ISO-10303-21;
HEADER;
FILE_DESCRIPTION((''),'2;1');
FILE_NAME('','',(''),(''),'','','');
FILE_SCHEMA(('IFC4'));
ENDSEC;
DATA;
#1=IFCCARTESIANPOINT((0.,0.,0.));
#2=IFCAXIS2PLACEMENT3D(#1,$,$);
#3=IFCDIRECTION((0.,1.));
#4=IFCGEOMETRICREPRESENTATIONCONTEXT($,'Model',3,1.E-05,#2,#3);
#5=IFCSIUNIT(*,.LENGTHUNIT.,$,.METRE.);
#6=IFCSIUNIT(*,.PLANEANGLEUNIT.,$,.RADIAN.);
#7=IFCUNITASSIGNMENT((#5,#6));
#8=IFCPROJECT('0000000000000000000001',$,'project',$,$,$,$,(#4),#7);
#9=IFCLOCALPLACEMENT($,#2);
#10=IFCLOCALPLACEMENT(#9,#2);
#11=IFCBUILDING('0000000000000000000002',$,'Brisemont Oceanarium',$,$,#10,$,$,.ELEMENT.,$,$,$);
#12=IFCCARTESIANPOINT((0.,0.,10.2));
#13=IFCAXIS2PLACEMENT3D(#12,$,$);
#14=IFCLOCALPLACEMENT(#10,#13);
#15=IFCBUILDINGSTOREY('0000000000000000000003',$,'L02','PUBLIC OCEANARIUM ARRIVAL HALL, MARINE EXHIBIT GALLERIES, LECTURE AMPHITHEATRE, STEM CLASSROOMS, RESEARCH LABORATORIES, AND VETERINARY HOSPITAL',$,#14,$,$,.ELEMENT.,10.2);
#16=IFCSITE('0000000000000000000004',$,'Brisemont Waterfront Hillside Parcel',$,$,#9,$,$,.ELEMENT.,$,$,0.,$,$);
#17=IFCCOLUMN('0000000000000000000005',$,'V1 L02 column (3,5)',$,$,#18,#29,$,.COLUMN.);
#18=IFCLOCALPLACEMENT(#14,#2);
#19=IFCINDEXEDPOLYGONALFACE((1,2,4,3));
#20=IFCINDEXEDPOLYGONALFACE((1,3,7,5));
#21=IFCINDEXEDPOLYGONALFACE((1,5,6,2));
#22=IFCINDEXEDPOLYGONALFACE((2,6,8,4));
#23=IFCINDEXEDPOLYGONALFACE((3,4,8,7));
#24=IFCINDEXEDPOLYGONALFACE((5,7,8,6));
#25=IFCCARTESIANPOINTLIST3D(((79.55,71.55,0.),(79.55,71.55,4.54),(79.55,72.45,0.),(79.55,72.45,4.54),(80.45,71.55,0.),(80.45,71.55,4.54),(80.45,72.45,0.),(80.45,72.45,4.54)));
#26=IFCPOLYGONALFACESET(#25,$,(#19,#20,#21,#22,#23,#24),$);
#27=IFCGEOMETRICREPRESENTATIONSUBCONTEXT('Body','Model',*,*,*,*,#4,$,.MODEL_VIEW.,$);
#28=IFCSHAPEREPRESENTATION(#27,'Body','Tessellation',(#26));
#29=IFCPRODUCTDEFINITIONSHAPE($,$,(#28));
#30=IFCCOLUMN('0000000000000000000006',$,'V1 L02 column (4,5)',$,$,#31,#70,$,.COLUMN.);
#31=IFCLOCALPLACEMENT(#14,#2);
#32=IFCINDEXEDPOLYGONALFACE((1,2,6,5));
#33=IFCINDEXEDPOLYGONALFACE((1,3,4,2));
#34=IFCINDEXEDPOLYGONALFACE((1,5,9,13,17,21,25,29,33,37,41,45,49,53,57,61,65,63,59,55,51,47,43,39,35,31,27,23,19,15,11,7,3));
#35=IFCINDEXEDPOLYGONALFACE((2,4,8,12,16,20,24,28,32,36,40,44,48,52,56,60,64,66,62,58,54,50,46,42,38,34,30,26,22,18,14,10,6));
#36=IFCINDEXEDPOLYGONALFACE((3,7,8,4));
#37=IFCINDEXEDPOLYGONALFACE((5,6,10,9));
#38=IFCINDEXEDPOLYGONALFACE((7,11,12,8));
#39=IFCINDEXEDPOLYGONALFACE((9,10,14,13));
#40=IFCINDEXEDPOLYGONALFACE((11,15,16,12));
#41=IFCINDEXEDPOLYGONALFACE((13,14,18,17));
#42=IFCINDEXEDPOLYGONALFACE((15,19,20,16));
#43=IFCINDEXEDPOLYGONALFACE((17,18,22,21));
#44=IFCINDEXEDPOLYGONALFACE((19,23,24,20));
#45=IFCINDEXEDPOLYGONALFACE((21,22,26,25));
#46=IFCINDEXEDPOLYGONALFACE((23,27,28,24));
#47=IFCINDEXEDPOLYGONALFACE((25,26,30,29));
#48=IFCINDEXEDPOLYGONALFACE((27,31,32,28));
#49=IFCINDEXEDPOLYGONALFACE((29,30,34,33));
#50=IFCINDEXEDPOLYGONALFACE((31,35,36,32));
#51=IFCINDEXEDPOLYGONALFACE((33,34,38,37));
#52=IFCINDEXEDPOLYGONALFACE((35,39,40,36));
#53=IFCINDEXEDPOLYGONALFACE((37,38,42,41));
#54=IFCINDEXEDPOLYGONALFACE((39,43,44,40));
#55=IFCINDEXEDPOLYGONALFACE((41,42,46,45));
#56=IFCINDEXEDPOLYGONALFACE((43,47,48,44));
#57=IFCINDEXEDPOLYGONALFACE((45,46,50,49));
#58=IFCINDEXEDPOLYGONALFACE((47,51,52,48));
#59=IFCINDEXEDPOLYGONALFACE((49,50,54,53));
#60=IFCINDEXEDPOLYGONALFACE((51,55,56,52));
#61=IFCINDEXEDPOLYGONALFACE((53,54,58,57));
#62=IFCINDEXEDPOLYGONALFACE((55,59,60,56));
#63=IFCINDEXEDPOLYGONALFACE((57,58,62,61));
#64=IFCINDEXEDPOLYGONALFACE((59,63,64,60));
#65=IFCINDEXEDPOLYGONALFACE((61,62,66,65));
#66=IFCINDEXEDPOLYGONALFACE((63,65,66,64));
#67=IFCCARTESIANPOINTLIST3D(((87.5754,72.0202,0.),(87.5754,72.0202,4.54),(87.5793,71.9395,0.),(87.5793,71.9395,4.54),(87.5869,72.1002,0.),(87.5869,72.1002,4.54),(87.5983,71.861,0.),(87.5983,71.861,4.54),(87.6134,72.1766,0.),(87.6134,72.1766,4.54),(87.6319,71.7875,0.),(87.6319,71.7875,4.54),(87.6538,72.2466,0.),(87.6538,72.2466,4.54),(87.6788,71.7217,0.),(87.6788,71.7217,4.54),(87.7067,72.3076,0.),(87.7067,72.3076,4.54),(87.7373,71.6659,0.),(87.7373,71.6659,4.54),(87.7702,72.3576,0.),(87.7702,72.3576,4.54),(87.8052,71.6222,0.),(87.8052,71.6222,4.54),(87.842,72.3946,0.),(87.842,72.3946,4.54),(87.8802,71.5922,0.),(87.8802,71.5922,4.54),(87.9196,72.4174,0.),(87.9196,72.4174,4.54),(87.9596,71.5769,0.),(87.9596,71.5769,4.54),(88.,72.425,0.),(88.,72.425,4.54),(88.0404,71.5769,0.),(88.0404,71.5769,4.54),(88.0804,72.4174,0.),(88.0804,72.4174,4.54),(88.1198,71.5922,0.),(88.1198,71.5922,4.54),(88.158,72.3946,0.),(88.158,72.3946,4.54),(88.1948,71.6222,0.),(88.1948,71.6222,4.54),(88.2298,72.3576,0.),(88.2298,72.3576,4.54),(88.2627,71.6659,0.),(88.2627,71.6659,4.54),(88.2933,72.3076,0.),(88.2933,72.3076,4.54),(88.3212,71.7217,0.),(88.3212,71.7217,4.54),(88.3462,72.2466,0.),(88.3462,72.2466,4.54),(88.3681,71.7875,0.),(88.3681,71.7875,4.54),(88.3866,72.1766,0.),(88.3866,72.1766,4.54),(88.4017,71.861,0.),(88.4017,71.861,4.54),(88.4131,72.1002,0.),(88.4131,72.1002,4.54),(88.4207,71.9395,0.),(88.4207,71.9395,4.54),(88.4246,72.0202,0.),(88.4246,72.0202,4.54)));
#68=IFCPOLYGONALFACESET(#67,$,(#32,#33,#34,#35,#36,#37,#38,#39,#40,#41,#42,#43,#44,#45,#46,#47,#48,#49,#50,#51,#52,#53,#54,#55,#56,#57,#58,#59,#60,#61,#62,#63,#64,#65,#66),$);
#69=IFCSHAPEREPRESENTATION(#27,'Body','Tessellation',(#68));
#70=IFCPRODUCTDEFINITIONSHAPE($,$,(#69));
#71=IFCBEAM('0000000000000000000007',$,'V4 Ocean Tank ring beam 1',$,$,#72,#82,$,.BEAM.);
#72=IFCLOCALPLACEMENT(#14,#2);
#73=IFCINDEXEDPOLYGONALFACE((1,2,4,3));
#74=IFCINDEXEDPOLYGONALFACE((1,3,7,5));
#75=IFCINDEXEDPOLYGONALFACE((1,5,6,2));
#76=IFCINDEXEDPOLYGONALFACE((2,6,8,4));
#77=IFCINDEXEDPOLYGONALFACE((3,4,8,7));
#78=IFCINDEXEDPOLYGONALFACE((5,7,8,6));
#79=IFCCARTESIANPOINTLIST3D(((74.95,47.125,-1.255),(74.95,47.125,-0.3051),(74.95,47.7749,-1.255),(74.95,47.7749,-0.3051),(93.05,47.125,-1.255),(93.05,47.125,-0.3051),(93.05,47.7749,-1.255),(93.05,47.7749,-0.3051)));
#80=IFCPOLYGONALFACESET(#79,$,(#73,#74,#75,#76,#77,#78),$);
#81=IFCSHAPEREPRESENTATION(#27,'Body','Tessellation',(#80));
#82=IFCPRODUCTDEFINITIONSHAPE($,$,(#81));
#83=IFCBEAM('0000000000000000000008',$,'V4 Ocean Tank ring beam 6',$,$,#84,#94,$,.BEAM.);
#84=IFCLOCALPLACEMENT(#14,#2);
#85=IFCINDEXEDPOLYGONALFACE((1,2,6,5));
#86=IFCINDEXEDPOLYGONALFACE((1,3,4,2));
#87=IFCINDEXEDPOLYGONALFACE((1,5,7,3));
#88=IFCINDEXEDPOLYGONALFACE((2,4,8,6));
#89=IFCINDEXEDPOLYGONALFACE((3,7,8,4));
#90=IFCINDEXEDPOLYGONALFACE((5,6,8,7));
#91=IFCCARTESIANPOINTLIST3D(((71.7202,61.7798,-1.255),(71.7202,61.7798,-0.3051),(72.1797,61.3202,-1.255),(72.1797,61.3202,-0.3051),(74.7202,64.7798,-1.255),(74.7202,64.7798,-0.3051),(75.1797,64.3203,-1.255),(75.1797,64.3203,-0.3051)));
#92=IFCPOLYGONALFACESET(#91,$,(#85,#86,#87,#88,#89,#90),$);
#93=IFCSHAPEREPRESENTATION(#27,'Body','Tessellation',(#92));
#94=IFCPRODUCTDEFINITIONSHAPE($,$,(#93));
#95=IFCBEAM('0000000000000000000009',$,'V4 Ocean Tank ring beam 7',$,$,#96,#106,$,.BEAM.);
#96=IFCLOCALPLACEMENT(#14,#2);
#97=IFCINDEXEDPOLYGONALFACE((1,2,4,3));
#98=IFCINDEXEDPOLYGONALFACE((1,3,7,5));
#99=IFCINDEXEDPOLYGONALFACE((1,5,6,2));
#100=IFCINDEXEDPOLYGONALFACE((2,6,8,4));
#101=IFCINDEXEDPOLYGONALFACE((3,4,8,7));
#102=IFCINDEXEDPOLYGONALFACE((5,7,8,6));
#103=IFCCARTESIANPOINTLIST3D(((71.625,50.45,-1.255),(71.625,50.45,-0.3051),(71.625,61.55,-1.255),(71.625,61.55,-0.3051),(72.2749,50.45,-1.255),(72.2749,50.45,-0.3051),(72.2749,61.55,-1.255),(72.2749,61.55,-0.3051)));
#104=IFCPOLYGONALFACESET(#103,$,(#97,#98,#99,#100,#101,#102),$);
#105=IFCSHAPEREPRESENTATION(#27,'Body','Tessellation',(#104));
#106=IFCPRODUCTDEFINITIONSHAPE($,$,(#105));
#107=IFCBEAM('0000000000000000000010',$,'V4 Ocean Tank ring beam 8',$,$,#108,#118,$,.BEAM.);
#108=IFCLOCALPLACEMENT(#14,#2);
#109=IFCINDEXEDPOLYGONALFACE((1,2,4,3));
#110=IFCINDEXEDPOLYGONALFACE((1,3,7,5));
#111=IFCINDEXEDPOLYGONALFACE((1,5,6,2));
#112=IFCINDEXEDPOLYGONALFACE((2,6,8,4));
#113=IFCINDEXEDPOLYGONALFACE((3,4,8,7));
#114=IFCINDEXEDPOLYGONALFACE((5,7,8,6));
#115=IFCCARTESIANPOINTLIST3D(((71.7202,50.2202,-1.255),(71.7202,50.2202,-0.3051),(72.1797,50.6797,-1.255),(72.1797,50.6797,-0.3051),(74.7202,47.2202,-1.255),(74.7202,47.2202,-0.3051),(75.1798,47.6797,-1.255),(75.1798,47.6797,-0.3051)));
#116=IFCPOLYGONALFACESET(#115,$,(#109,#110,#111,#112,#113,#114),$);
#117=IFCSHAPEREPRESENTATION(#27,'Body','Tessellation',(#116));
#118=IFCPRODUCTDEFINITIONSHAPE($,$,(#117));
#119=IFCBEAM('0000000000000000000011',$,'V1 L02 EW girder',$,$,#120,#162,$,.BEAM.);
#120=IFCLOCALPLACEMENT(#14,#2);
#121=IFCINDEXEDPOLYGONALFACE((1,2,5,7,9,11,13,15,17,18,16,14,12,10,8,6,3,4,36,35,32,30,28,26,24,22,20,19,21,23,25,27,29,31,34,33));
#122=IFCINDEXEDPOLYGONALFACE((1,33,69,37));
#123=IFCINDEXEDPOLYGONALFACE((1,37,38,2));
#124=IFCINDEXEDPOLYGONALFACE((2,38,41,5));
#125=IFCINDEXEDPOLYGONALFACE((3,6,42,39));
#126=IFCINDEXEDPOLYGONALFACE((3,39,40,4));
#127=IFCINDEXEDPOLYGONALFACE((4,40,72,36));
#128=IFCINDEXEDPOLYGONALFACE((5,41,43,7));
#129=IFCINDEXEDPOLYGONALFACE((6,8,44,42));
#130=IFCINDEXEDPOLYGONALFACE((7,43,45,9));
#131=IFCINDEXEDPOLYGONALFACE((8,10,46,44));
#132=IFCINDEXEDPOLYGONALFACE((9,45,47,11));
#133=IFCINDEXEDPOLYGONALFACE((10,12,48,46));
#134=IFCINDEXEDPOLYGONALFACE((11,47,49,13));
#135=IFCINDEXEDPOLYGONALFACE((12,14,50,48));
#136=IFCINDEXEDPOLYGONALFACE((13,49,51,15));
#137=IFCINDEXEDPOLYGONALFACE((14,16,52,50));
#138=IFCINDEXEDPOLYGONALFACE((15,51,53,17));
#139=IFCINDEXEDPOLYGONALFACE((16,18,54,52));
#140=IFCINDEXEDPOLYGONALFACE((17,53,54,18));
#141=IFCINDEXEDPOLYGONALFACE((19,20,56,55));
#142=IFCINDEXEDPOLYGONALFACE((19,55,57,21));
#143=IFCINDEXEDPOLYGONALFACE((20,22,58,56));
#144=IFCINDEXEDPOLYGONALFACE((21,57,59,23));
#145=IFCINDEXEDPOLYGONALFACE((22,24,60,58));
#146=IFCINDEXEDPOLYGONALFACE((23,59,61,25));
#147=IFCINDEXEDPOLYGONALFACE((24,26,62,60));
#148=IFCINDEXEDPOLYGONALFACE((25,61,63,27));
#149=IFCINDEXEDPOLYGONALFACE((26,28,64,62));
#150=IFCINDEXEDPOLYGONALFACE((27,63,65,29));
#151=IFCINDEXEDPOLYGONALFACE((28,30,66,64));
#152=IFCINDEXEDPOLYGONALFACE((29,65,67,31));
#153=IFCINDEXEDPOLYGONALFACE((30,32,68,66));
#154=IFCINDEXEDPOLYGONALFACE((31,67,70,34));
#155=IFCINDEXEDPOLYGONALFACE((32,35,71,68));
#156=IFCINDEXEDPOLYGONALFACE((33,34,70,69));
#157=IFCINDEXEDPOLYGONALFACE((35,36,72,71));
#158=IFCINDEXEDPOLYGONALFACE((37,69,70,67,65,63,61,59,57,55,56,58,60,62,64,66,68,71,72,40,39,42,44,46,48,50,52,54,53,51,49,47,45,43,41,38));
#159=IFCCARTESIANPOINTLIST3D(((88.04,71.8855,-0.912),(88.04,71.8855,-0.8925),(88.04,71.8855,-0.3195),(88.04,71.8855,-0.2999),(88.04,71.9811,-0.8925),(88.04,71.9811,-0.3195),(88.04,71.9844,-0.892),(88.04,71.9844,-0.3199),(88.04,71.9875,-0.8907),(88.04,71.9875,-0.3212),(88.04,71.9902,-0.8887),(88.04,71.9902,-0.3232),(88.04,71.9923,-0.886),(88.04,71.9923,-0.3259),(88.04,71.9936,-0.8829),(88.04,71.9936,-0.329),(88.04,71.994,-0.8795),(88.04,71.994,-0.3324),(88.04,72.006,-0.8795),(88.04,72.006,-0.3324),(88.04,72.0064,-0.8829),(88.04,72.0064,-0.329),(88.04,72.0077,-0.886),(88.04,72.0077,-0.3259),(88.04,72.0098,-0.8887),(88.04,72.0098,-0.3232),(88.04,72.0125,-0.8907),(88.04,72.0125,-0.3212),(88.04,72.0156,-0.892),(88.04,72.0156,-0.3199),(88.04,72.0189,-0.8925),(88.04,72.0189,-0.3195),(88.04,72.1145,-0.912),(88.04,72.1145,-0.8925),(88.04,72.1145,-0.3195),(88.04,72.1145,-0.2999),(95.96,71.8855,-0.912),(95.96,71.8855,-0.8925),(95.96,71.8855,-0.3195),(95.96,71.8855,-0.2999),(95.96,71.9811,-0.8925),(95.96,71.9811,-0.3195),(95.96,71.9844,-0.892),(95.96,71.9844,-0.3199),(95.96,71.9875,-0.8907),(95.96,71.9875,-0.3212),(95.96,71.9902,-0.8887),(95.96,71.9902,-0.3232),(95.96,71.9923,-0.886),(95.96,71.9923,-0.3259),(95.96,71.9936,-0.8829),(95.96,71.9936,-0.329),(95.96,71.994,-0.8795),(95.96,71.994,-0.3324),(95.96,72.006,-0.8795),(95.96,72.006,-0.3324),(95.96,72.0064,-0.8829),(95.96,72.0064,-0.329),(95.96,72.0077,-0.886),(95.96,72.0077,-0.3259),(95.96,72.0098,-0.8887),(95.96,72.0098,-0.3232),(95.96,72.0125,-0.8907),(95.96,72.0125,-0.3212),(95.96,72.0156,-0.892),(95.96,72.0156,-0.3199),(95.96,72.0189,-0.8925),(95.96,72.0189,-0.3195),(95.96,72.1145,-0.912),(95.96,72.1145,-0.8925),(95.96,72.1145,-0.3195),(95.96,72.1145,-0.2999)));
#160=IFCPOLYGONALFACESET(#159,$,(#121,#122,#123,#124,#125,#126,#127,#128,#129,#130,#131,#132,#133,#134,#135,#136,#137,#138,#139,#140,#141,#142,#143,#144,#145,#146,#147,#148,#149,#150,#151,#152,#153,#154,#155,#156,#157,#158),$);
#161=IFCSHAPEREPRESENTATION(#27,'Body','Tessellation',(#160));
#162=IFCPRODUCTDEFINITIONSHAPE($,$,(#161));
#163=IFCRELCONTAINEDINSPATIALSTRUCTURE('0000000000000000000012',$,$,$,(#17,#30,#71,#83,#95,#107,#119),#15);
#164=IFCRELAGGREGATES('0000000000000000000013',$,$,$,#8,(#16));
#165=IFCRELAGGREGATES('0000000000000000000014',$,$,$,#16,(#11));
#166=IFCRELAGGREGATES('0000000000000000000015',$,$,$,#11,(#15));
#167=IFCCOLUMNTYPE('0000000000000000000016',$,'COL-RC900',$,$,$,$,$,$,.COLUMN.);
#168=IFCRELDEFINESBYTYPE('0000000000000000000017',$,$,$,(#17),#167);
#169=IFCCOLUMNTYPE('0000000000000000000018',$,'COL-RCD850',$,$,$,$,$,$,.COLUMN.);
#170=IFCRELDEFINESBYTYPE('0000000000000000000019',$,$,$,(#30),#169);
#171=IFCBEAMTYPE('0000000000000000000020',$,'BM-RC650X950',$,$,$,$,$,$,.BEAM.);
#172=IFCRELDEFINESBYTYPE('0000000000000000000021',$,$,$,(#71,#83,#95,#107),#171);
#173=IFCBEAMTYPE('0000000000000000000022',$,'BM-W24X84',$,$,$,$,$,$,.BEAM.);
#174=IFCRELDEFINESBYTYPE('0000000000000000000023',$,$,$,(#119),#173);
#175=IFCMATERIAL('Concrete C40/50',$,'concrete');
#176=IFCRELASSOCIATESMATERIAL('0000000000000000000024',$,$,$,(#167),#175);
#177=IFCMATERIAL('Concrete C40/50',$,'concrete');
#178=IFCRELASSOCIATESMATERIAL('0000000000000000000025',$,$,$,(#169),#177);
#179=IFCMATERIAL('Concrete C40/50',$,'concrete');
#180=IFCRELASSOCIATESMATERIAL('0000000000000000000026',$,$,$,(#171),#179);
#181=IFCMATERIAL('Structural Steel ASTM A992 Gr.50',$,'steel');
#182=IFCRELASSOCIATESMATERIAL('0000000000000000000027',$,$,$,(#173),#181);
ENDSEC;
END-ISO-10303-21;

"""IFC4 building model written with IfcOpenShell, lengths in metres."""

from ifc_helpers import new_model, si_unit, direction, frame, origin, origin_2d, place, context, subcontext, project, spatial, rectangle, circle, i_section, extrude, material, material_profile, profile_set, type_object, element, save


model = new_model("IFC4")

# Units and contexts
model_context = context("Model", 3, precision=1e-05, world=origin(), true_north=direction((0.0, 1.0)))
body_context = subcontext(model_context, "Body", "Model", "MODEL_VIEW")
ifc_project = project(units=[si_unit("LENGTHUNIT", "METRE"), si_unit("PLANEANGLEUNIT", "RADIAN")], contexts=[model_context])

# Site, building, storey
site_placement = place(None, origin())
site = spatial("IfcSite", under=ifc_project, at=site_placement, Name="Brisemont Waterfront Hillside Parcel", CompositionType="ELEMENT", RefElevation=0.0)
building_placement = place(site_placement, origin())
building = spatial("IfcBuilding", under=site, at=building_placement, Name="Brisemont Oceanarium", CompositionType="ELEMENT")
storey_placement = place(building_placement, frame((0.0, 0.0, 10.2)))
storey = spatial("IfcBuildingStorey", under=building, at=storey_placement, Name="L02", Description="PUBLIC OCEANARIUM ARRIVAL HALL, MARINE EXHIBIT GALLERIES, LECTURE AMPHITHEATRE, STEM CLASSROOMS, RESEARCH LABORATORIES, AND VETERINARY HOSPITAL", CompositionType="ELEMENT", Elevation=10.2)

# Columns
ifc_material_1 = material(Name="Concrete C40/50", Category="concrete")
ifc_material_profile_1 = material_profile(ifc_material_1, rectangle(XDim=0.8999, YDim=0.8999, at=origin_2d()), Name="RC-COL-900X900")
ifc_profile_set_1 = profile_set([ifc_material_profile_1], Name="Concrete C40/50")
column_type_1 = type_object("IfcColumnType", Name="COL-RC900", PredefinedType="COLUMN", material=ifc_profile_set_1)
column_1_placement = place(storey_placement, frame((80.0, 72.0, 0.0), z_axis=(0.0, 0.0, 1.0), x_axis=(1.0, 0.0, 0.0)))
element("IfcColumn", 1, at=column_1_placement, inside=storey, type_object=column_type_1, Name="V1 L02 column (3,5)", PredefinedType="COLUMN", context=body_context, shape_type="SweptSolid", body=[
    extrude(rectangle(XDim=0.8999, YDim=0.8999, at=origin_2d()), origin(), (0.0, 0.0, 1.0), 4.54),
])
ifc_material_2 = material(Name="Concrete C40/50", Category="concrete")
ifc_material_profile_2 = material_profile(ifc_material_2, circle(Radius=0.425, at=origin_2d()), Name="RC-COL-D850")
ifc_profile_set_2 = profile_set([ifc_material_profile_2], Name="Concrete C40/50")
column_type_2 = type_object("IfcColumnType", Name="COL-RCD850", PredefinedType="COLUMN", material=ifc_profile_set_2)
column_2_placement = place(storey_placement, frame((88.0, 72.0, 0.0), z_axis=(0.0, 0.0, 1.0), x_axis=(0.0, 1.0, 0.0)))
element("IfcColumn", 2, at=column_2_placement, inside=storey, type_object=column_type_2, Name="V1 L02 column (4,5)", PredefinedType="COLUMN", context=body_context, shape_type="SweptSolid", body=[
    extrude(circle(Radius=0.425, at=origin_2d()), origin(), (0.0, 0.0, 1.0), 4.54),
])

# Beams
ifc_material_3 = material(Name="Concrete C40/50", Category="concrete")
ifc_material_profile_3 = material_profile(ifc_material_3, rectangle(XDim=0.6499, YDim=0.95, at=origin_2d()), Name="RC-BM-650X950")
ifc_profile_set_3 = profile_set([ifc_material_profile_3], Name="Concrete C40/50")
beam_type_1 = type_object("IfcBeamType", Name="BM-RC650X950", PredefinedType="BEAM", material=ifc_profile_set_3)
beam_1_placement = place(storey_placement, frame((74.95, 47.45, -0.78), z_axis=(1.0, 0.0, 0.0), x_axis=(0.0, 1.0, 0.0)))
element("IfcBeam", 3, at=beam_1_placement, inside=storey, type_object=beam_type_1, Name="V4 Ocean Tank ring beam 1", PredefinedType="BEAM", context=body_context, shape_type="SweptSolid", body=[
    extrude(rectangle(XDim=0.6499, YDim=0.95, at=origin_2d()), origin(), (0.0, 0.0, 1.0), 18.1001),
])
beam_2_placement = place(storey_placement, frame((74.95, 64.55, -0.78), z_axis=(-0.707107, -0.707107, 0.0), x_axis=(0.707107, -0.707107, 0.0)))
element("IfcBeam", 4, at=beam_2_placement, inside=storey, type_object=beam_type_1, Name="V4 Ocean Tank ring beam 6", PredefinedType="BEAM", context=body_context, shape_type="SweptSolid", body=[
    extrude(rectangle(XDim=0.6499, YDim=0.95, at=origin_2d()), origin(), (0.0, 0.0, 1.0), 4.2427),
])
beam_3_placement = place(storey_placement, frame((71.95, 61.55, -0.78), z_axis=(0.0, -1.0, 0.0), x_axis=(1.0, 0.0, 0.0)))
element("IfcBeam", 5, at=beam_3_placement, inside=storey, type_object=beam_type_1, Name="V4 Ocean Tank ring beam 7", PredefinedType="BEAM", context=body_context, shape_type="SweptSolid", body=[
    extrude(rectangle(XDim=0.6499, YDim=0.95, at=origin_2d()), origin(), (0.0, 0.0, 1.0), 11.1001),
])
beam_4_placement = place(storey_placement, frame((71.95, 50.45, -0.78), z_axis=(0.707107, -0.707107, 0.0), x_axis=(0.707107, 0.707107, 0.0)))
element("IfcBeam", 6, at=beam_4_placement, inside=storey, type_object=beam_type_1, Name="V4 Ocean Tank ring beam 8", PredefinedType="BEAM", context=body_context, shape_type="SweptSolid", body=[
    extrude(rectangle(XDim=0.6499, YDim=0.95, at=origin_2d()), origin(), (0.0, 0.0, 1.0), 4.2427),
])
ifc_material_4 = material(Name="Structural Steel ASTM A992 Gr.50", Category="steel")
ifc_material_profile_4 = material_profile(ifc_material_4, i_section(OverallWidth=0.229, OverallDepth=0.6121, WebThickness=0.012, FlangeThickness=0.0195, FilletRadius=0.0129, at=origin_2d()), Name="W24X84")
ifc_profile_set_4 = profile_set([ifc_material_profile_4], Name="Structural Steel ASTM A992 Gr.50")
beam_type_2 = type_object("IfcBeamType", Name="BM-W24X84", PredefinedType="BEAM", material=ifc_profile_set_4)
beam_5_placement = place(storey_placement, frame((88.04, 72.0, -0.606), z_axis=(1.0, 0.0, 0.0), x_axis=(0.0, 1.0, 0.0)))
element("IfcBeam", 7, at=beam_5_placement, inside=storey, type_object=beam_type_2, Name="V1 L02 EW girder", PredefinedType="BEAM", context=body_context, shape_type="SweptSolid", body=[
    extrude(i_section(OverallWidth=0.229, OverallDepth=0.6121, WebThickness=0.012, FlangeThickness=0.0195, FilletRadius=0.0129, at=origin_2d()), origin(), (0.0, 0.0, 1.0), 7.9199),
])

save(model, "model.ifc")
